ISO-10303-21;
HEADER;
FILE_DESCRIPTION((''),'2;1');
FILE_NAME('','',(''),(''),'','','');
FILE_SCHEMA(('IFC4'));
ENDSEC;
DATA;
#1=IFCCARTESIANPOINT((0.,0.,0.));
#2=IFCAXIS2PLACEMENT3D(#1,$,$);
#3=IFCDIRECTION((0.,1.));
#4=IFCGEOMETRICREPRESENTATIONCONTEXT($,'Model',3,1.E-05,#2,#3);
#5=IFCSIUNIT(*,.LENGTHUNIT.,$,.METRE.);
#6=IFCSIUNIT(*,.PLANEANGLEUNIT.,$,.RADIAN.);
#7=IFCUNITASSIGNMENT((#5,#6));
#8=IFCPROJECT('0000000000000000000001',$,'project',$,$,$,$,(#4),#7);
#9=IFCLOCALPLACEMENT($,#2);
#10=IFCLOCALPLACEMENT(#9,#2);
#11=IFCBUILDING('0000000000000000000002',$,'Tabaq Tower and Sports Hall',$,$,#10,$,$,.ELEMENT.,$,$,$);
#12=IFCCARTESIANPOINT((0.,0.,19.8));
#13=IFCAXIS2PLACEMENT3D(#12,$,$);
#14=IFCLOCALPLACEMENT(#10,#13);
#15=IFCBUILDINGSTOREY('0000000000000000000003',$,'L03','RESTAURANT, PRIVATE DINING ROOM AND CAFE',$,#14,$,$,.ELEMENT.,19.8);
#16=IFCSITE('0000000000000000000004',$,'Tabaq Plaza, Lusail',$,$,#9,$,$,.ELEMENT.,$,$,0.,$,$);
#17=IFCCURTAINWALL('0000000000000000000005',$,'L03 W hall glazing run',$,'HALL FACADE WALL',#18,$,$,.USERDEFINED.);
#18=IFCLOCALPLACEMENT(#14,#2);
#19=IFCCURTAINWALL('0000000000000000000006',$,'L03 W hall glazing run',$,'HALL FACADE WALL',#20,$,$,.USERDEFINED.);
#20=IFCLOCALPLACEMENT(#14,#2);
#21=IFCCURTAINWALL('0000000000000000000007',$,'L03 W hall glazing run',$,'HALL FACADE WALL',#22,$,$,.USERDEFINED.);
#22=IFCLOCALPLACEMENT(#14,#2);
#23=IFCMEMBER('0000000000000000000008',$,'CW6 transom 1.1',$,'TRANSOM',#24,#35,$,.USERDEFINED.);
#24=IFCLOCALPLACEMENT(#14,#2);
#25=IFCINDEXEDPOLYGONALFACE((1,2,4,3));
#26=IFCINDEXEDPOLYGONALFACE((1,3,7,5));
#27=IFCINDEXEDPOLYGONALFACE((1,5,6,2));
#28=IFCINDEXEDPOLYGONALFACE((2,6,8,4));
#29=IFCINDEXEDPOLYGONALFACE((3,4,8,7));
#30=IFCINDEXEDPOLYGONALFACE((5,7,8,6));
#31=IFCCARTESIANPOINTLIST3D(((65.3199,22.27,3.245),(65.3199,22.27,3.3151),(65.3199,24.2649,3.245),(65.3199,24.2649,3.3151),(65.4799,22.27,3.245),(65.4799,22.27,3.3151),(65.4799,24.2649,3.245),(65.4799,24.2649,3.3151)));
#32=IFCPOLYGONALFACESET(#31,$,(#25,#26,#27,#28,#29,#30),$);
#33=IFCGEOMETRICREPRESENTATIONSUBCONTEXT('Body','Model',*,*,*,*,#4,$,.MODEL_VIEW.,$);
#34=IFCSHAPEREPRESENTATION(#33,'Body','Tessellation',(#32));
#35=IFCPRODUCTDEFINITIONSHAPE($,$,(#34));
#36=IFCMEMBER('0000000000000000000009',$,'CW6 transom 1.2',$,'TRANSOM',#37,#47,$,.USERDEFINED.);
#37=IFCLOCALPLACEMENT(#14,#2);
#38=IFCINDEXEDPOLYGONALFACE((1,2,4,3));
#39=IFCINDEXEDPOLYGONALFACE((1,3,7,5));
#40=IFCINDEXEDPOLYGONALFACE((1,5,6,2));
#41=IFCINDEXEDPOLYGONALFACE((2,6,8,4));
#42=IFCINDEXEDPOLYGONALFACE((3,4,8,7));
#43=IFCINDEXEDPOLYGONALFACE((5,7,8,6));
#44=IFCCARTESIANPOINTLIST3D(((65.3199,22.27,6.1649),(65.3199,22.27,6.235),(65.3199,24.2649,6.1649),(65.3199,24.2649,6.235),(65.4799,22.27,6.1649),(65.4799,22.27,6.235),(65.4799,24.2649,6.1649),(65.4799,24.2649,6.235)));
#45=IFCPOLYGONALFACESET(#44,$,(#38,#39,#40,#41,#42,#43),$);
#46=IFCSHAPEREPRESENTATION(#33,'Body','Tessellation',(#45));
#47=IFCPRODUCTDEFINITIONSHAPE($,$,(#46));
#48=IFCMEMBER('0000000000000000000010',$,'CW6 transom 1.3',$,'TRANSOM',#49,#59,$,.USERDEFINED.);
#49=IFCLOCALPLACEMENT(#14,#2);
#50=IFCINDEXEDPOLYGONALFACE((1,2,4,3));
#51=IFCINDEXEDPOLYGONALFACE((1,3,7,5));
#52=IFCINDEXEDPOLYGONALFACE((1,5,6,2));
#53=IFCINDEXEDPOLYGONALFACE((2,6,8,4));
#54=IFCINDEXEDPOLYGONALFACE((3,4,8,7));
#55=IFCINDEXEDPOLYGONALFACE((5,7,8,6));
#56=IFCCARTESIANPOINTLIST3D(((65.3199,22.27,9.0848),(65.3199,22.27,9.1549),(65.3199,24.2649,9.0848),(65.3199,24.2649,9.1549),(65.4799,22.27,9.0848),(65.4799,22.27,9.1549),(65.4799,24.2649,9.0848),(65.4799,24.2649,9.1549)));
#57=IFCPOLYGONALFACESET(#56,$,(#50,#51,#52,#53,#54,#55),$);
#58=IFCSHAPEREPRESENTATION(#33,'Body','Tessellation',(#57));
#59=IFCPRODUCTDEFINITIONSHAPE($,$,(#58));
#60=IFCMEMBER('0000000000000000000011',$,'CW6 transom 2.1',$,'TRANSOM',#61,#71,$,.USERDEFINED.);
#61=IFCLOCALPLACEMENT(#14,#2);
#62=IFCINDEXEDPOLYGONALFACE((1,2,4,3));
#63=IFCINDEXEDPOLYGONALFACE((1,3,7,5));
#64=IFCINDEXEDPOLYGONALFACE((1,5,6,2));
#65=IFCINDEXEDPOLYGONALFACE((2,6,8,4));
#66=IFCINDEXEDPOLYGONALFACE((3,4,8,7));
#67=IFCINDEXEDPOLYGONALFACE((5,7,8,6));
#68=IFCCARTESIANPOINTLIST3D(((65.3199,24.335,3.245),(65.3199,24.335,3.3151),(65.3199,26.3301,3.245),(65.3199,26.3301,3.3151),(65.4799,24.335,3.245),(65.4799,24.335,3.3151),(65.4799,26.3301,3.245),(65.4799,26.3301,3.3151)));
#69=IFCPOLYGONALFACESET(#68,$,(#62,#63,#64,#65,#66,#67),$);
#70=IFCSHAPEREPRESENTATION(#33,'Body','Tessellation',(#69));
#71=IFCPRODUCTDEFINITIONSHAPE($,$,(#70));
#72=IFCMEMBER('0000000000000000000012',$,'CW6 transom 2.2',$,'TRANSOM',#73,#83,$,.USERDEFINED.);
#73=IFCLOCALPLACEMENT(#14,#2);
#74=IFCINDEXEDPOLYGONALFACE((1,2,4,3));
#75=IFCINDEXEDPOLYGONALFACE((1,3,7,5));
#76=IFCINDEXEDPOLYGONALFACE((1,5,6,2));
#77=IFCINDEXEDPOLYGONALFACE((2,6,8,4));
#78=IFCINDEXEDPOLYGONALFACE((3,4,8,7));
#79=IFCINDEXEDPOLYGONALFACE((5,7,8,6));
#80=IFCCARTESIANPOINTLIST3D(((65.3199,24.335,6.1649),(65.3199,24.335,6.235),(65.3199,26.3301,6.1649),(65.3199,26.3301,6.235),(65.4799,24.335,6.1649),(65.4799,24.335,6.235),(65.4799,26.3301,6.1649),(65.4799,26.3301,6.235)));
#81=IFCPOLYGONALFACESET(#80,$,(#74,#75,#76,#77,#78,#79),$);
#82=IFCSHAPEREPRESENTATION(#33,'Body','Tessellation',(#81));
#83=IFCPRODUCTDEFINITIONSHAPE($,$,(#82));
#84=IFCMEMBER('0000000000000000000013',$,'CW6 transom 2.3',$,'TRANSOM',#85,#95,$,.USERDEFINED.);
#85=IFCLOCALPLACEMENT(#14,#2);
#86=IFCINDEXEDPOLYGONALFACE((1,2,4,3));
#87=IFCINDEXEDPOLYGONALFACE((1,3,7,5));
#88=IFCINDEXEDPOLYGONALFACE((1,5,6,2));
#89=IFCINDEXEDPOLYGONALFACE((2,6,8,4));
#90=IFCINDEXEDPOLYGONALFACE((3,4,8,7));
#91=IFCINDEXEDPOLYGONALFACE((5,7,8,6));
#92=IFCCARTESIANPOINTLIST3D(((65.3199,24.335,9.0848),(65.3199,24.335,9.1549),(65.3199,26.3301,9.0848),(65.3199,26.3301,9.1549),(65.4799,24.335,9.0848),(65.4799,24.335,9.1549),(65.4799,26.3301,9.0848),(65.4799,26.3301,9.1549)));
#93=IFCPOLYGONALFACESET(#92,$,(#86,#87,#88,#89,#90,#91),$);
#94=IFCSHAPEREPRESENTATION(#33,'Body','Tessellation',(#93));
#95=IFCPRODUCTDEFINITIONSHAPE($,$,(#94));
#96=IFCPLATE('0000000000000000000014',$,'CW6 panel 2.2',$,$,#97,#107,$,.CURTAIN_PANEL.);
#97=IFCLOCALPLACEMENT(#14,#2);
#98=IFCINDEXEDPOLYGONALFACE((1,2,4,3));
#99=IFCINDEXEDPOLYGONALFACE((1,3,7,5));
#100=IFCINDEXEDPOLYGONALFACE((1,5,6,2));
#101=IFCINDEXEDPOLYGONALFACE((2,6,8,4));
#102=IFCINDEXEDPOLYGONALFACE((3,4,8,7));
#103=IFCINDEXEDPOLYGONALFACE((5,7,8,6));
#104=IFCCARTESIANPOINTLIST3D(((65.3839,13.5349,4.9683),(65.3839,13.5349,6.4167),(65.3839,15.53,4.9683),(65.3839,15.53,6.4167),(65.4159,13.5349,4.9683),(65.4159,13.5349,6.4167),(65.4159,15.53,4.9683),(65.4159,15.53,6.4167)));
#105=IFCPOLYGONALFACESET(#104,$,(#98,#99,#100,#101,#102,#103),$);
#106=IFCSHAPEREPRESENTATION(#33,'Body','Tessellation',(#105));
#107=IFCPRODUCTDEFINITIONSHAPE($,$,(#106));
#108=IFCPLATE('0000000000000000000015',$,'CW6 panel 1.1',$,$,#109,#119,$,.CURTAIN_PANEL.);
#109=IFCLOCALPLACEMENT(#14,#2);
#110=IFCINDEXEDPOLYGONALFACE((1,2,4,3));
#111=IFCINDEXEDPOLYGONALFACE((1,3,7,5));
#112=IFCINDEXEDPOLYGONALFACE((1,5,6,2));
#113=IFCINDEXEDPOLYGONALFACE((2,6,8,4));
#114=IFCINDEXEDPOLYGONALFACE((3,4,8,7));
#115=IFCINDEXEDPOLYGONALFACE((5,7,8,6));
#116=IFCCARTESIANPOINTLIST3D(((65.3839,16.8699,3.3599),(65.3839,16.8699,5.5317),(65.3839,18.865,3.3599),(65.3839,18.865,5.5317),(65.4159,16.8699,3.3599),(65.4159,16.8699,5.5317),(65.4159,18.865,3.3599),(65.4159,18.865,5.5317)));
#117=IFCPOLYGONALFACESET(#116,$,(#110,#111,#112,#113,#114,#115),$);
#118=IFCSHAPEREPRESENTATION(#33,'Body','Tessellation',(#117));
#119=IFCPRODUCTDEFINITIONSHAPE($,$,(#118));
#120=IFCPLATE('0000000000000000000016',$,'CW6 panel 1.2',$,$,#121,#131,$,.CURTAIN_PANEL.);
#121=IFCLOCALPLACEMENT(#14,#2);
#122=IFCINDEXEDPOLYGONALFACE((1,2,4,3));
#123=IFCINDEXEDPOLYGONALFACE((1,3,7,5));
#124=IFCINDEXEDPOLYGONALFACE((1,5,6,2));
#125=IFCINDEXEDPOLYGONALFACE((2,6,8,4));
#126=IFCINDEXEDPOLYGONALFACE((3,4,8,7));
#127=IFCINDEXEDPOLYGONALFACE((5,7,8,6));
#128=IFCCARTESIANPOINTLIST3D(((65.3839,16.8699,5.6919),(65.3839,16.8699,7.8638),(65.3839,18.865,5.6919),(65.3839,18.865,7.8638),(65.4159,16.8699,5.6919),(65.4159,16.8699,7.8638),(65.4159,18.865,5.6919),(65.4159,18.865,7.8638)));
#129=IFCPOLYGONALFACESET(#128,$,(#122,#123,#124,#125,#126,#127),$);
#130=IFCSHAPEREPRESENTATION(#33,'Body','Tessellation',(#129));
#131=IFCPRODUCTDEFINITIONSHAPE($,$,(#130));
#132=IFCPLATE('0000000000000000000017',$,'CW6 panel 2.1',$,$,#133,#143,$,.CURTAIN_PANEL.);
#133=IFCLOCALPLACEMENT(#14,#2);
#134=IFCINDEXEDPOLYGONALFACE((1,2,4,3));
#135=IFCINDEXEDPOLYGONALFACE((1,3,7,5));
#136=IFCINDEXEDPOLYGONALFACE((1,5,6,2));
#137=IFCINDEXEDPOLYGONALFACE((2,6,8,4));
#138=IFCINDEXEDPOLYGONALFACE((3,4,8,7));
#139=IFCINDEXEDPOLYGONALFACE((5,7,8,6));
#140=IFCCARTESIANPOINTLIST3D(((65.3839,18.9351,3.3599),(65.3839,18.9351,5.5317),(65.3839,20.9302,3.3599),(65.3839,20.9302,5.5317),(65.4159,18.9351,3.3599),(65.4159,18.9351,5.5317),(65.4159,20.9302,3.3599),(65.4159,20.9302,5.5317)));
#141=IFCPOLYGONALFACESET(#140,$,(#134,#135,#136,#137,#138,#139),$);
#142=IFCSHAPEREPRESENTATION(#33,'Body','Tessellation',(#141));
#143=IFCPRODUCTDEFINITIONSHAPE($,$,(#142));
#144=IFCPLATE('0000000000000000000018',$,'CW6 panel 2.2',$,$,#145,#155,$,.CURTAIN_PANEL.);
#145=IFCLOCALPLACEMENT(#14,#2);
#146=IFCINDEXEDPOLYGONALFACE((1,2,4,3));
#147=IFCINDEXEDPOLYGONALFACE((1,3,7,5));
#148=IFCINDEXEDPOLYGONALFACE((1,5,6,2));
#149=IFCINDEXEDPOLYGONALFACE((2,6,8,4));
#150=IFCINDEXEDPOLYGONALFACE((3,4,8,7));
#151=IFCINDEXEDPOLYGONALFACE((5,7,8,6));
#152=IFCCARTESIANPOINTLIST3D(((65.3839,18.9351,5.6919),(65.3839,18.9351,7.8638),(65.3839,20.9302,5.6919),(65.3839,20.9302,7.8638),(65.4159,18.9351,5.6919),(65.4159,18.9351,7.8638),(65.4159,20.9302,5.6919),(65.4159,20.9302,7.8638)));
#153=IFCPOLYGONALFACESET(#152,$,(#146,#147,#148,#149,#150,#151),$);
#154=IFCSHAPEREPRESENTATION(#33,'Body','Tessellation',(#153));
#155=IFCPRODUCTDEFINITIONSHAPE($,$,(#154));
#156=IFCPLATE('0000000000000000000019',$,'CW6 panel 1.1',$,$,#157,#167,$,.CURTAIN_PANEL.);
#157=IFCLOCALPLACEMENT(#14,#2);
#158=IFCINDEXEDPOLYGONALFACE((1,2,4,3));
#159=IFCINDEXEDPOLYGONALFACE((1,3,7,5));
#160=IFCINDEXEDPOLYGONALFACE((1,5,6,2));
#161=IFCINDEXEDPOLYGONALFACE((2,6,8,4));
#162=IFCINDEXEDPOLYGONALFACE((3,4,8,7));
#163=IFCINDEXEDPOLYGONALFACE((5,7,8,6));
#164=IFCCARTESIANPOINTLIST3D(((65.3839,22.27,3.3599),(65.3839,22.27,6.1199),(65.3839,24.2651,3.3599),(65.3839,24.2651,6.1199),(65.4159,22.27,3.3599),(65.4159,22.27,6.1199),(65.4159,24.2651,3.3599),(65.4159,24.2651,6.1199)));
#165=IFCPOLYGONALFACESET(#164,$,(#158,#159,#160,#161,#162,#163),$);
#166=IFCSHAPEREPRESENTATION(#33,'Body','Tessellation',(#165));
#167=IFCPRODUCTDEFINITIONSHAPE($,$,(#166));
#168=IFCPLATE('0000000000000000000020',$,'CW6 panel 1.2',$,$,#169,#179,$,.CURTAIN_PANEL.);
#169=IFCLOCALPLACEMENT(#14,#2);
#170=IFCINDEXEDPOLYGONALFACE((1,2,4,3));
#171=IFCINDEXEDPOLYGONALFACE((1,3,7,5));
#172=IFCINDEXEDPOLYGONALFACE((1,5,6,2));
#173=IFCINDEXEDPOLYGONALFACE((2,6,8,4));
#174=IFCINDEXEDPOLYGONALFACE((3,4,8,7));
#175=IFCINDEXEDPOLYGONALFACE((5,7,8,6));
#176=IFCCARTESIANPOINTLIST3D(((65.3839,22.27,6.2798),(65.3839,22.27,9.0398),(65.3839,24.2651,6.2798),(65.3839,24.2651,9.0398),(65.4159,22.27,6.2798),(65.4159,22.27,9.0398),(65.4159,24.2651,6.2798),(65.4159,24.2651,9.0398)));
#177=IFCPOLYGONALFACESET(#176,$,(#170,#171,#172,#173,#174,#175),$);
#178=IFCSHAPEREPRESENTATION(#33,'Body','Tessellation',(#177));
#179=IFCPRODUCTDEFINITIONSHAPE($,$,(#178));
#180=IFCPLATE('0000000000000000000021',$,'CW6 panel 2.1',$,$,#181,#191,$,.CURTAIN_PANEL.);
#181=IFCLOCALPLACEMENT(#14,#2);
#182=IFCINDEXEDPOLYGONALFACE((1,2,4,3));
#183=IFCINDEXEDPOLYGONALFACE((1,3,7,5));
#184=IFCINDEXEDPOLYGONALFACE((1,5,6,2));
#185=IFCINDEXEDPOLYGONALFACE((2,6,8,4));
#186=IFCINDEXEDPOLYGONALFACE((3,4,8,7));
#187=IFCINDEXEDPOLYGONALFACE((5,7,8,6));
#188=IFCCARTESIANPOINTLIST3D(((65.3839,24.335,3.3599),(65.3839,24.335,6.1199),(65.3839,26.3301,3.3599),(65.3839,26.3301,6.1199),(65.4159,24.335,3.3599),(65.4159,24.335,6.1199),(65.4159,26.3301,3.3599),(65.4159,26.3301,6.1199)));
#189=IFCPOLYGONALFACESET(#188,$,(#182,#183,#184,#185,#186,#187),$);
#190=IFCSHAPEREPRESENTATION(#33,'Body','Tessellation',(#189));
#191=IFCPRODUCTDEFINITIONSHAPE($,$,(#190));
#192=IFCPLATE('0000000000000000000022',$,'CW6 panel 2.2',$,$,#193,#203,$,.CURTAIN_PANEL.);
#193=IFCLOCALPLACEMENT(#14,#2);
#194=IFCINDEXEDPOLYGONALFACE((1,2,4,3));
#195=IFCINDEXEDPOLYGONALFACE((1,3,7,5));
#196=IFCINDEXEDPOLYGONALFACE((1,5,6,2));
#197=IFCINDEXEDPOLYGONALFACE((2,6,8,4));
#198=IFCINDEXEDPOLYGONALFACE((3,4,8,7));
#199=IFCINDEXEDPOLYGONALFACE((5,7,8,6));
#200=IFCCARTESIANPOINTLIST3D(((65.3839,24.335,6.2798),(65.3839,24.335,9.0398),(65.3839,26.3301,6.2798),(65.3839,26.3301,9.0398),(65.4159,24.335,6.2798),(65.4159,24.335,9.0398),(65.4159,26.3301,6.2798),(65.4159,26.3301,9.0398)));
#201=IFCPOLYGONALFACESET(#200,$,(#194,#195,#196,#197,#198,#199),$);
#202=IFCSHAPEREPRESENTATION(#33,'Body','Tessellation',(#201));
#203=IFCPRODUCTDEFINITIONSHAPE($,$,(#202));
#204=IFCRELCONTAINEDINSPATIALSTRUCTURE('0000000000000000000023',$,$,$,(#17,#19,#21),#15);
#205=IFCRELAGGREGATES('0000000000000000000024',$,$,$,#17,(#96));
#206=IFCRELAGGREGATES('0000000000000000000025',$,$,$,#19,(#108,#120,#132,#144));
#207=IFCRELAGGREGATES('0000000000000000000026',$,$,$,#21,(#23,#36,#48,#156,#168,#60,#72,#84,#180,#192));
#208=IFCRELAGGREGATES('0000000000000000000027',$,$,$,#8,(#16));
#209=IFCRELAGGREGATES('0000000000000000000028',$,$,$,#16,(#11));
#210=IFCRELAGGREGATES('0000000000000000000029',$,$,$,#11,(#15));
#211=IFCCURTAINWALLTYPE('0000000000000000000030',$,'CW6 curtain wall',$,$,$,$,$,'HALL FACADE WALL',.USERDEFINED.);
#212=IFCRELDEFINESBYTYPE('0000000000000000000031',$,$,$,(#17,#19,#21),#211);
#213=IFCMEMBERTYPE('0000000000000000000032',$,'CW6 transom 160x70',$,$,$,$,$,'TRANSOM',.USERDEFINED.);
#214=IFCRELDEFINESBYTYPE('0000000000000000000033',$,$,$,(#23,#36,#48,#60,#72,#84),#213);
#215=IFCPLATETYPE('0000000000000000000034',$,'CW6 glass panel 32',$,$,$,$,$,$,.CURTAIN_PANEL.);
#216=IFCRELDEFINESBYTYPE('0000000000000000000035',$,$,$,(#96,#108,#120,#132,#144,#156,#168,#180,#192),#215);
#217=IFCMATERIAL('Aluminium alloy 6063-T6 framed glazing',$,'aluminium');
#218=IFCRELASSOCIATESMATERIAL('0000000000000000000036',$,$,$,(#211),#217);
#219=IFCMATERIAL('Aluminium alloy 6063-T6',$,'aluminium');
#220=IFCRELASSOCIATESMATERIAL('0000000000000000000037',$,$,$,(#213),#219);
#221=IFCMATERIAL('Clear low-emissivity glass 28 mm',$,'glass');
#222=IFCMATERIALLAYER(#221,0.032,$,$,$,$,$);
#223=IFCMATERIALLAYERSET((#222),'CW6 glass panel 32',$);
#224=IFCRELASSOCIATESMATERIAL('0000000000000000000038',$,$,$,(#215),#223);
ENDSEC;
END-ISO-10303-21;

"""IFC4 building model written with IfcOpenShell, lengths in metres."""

from ifc_helpers import new_model, si_unit, direction, frame, origin, origin_2d, place, context, subcontext, project, spatial, rectangle, extrude, material, layer, layer_set, material_profile, profile_set, type_object, element, aggregate, save


model = new_model("IFC4")

# Units and contexts
model_context = context("Model", 3, precision=1e-05, world=origin(), true_north=direction((0.0, 1.0)))
body_context = subcontext(model_context, "Body", "Model", "MODEL_VIEW")
ifc_project = project(units=[si_unit("LENGTHUNIT", "METRE"), si_unit("PLANEANGLEUNIT", "RADIAN")], contexts=[model_context])

# Site, building, storey
site_placement = place(None, origin())
site = spatial("IfcSite", under=ifc_project, at=site_placement, Name="Tabaq Plaza, Lusail", CompositionType="ELEMENT", RefElevation=0.0)
building_placement = place(site_placement, origin())
building = spatial("IfcBuilding", under=site, at=building_placement, Name="Tabaq Tower and Sports Hall", CompositionType="ELEMENT")
storey_placement = place(building_placement, frame((0.0, 0.0, 19.8)))
storey = spatial("IfcBuildingStorey", under=building, at=storey_placement, Name="L03", Description="RESTAURANT, PRIVATE DINING ROOM AND CAFE", CompositionType="ELEMENT", Elevation=19.8)

# Curtain wall
ifc_material_1 = material(Name="Aluminium alloy 6063-T6 framed glazing", Category="aluminium")
curtain_wall_type = type_object("IfcCurtainWallType", Name="CW6 curtain wall", ElementType="HALL FACADE WALL", PredefinedType="USERDEFINED", material=ifc_material_1)
curtain_wall_1_placement = place(storey_placement, origin())
curtain_wall_1 = element("IfcCurtainWall", 1, at=curtain_wall_1_placement, inside=storey, type_object=curtain_wall_type, Name="L03 W hall glazing run", ObjectType="HALL FACADE WALL", PredefinedType="USERDEFINED")

# Curtain walls
curtain_wall_2_placement = place(storey_placement, origin())
curtain_wall_2 = element("IfcCurtainWall", 2, at=curtain_wall_2_placement, inside=storey, type_object=curtain_wall_type, Name="L03 W hall glazing run", ObjectType="HALL FACADE WALL", PredefinedType="USERDEFINED")
curtain_wall_3_placement = place(storey_placement, origin())
curtain_wall_3 = element("IfcCurtainWall", 3, at=curtain_wall_3_placement, inside=storey, type_object=curtain_wall_type, Name="L03 W hall glazing run", ObjectType="HALL FACADE WALL", PredefinedType="USERDEFINED")

# Members
ifc_material_2 = material(Name="Aluminium alloy 6063-T6", Category="aluminium")
ifc_material_profile_1 = material_profile(ifc_material_2, rectangle(XDim=0.1599, YDim=0.0701, at=origin_2d()), Name="TRANSOM 160x70")
ifc_profile_set_1 = profile_set([ifc_material_profile_1], Name="Aluminium alloy 6063-T6")
member_type_1 = type_object("IfcMemberType", Name="CW6 transom 160x70", ElementType="TRANSOM", PredefinedType="USERDEFINED", material=ifc_profile_set_1)
member_1_placement = place(storey_placement, frame((65.3999, 22.27, 3.28), z_axis=(0.0, 1.0, 0.0), x_axis=(-1.0, 0.0, 0.0)))
member_1 = element("IfcMember", 4, at=member_1_placement, type_object=member_type_1, Name="CW6 transom 1.1", ObjectType="TRANSOM", PredefinedType="USERDEFINED", context=body_context, shape_type="SweptSolid", body=[
    extrude(rectangle(XDim=0.1599, YDim=0.0701, at=origin_2d()), origin(), (0.0, 0.0, 1.0), 1.9949),
])
member_2_placement = place(storey_placement, frame((65.3999, 22.27, 6.2), z_axis=(0.0, 1.0, 0.0), x_axis=(-1.0, 0.0, 0.0)))
member_2 = element("IfcMember", 5, at=member_2_placement, type_object=member_type_1, Name="CW6 transom 1.2", ObjectType="TRANSOM", PredefinedType="USERDEFINED", context=body_context, shape_type="SweptSolid", body=[
    extrude(rectangle(XDim=0.1599, YDim=0.0701, at=origin_2d()), origin(), (0.0, 0.0, 1.0), 1.9949),
])
member_3_placement = place(storey_placement, frame((65.3999, 22.27, 9.1199), z_axis=(0.0, 1.0, 0.0), x_axis=(-1.0, 0.0, 0.0)))
member_3 = element("IfcMember", 6, at=member_3_placement, type_object=member_type_1, Name="CW6 transom 1.3", ObjectType="TRANSOM", PredefinedType="USERDEFINED", context=body_context, shape_type="SweptSolid", body=[
    extrude(rectangle(XDim=0.1599, YDim=0.0701, at=origin_2d()), origin(), (0.0, 0.0, 1.0), 1.9949),
])
member_4_placement = place(storey_placement, frame((65.3999, 24.335, 3.28), z_axis=(0.0, 1.0, 0.0), x_axis=(-1.0, 0.0, 0.0)))
member_4 = element("IfcMember", 7, at=member_4_placement, type_object=member_type_1, Name="CW6 transom 2.1", ObjectType="TRANSOM", PredefinedType="USERDEFINED", context=body_context, shape_type="SweptSolid", body=[
    extrude(rectangle(XDim=0.1599, YDim=0.0701, at=origin_2d()), origin(), (0.0, 0.0, 1.0), 1.9951),
])
member_5_placement = place(storey_placement, frame((65.3999, 24.335, 6.2), z_axis=(0.0, 1.0, 0.0), x_axis=(-1.0, 0.0, 0.0)))
member_5 = element("IfcMember", 8, at=member_5_placement, type_object=member_type_1, Name="CW6 transom 2.2", ObjectType="TRANSOM", PredefinedType="USERDEFINED", context=body_context, shape_type="SweptSolid", body=[
    extrude(rectangle(XDim=0.1599, YDim=0.0701, at=origin_2d()), origin(), (0.0, 0.0, 1.0), 1.9951),
])
member_6_placement = place(storey_placement, frame((65.3999, 24.335, 9.1199), z_axis=(0.0, 1.0, 0.0), x_axis=(-1.0, 0.0, 0.0)))
member_6 = element("IfcMember", 9, at=member_6_placement, type_object=member_type_1, Name="CW6 transom 2.3", ObjectType="TRANSOM", PredefinedType="USERDEFINED", context=body_context, shape_type="SweptSolid", body=[
    extrude(rectangle(XDim=0.1599, YDim=0.0701, at=origin_2d()), origin(), (0.0, 0.0, 1.0), 1.9951),
])

# Plates
ifc_material_3 = material(Name="Clear low-emissivity glass 28 mm", Category="glass")
ifc_layer_1 = layer(ifc_material_3, 0.032)
ifc_layer_set_1 = layer_set([ifc_layer_1], Name="CW6 glass panel 32")
plate_type = type_object("IfcPlateType", Name="CW6 glass panel 32", PredefinedType="CURTAIN_PANEL", material=ifc_layer_set_1)
plate_1_placement = place(storey_placement, frame((65.3999, 14.5325, 4.9683), z_axis=(0.0, 0.0, 1.0), x_axis=(0.0, 1.0, 0.0)))
plate_1 = element("IfcPlate", 10, at=plate_1_placement, type_object=plate_type, Name="CW6 panel 2.2", PredefinedType="CURTAIN_PANEL", context=body_context, shape_type="SweptSolid", body=[
    extrude(rectangle(XDim=1.9951, YDim=0.032, at=origin_2d()), origin(), (0.0, 0.0, 1.0), 1.4485),
])
aggregate(curtain_wall_1, [plate_1])
plate_2_placement = place(storey_placement, frame((65.3999, 17.8674, 3.3599), z_axis=(0.0, 0.0, 1.0), x_axis=(0.0, 1.0, 0.0)))
plate_2 = element("IfcPlate", 11, at=plate_2_placement, type_object=plate_type, Name="CW6 panel 1.1", PredefinedType="CURTAIN_PANEL", context=body_context, shape_type="SweptSolid", body=[
    extrude(rectangle(XDim=1.9951, YDim=0.032, at=origin_2d()), origin(), (0.0, 0.0, 1.0), 2.1719),
])
plate_3_placement = place(storey_placement, frame((65.3999, 17.8674, 5.6919), z_axis=(0.0, 0.0, 1.0), x_axis=(0.0, 1.0, 0.0)))
plate_3 = element("IfcPlate", 12, at=plate_3_placement, type_object=plate_type, Name="CW6 panel 1.2", PredefinedType="CURTAIN_PANEL", context=body_context, shape_type="SweptSolid", body=[
    extrude(rectangle(XDim=1.9951, YDim=0.032, at=origin_2d()), origin(), (0.0, 0.0, 1.0), 2.1719),
])
plate_4_placement = place(storey_placement, frame((65.3999, 19.9326, 3.3599), z_axis=(0.0, 0.0, 1.0), x_axis=(0.0, 1.0, 0.0)))
plate_4 = element("IfcPlate", 13, at=plate_4_placement, type_object=plate_type, Name="CW6 panel 2.1", PredefinedType="CURTAIN_PANEL", context=body_context, shape_type="SweptSolid", body=[
    extrude(rectangle(XDim=1.9951, YDim=0.032, at=origin_2d()), origin(), (0.0, 0.0, 1.0), 2.1719),
])
plate_5_placement = place(storey_placement, frame((65.3999, 19.9326, 5.6919), z_axis=(0.0, 0.0, 1.0), x_axis=(0.0, 1.0, 0.0)))
plate_5 = element("IfcPlate", 14, at=plate_5_placement, type_object=plate_type, Name="CW6 panel 2.2", PredefinedType="CURTAIN_PANEL", context=body_context, shape_type="SweptSolid", body=[
    extrude(rectangle(XDim=1.9951, YDim=0.032, at=origin_2d()), origin(), (0.0, 0.0, 1.0), 2.1719),
])
aggregate(curtain_wall_2, [plate_2, plate_3, plate_4, plate_5])
plate_6_placement = place(storey_placement, frame((65.3999, 23.2676, 3.3599), z_axis=(0.0, 0.0, 1.0), x_axis=(0.0, 1.0, 0.0)))
plate_6 = element("IfcPlate", 15, at=plate_6_placement, type_object=plate_type, Name="CW6 panel 1.1", PredefinedType="CURTAIN_PANEL", context=body_context, shape_type="SweptSolid", body=[
    extrude(rectangle(XDim=1.9951, YDim=0.032, at=origin_2d()), origin(), (0.0, 0.0, 1.0), 2.76),
])
plate_7_placement = place(storey_placement, frame((65.3999, 23.2676, 6.2798), z_axis=(0.0, 0.0, 1.0), x_axis=(0.0, 1.0, 0.0)))
plate_7 = element("IfcPlate", 16, at=plate_7_placement, type_object=plate_type, Name="CW6 panel 1.2", PredefinedType="CURTAIN_PANEL", context=body_context, shape_type="SweptSolid", body=[
    extrude(rectangle(XDim=1.9951, YDim=0.032, at=origin_2d()), origin(), (0.0, 0.0, 1.0), 2.76),
])
plate_8_placement = place(storey_placement, frame((65.3999, 25.3325, 3.3599), z_axis=(0.0, 0.0, 1.0), x_axis=(0.0, 1.0, 0.0)))
plate_8 = element("IfcPlate", 17, at=plate_8_placement, type_object=plate_type, Name="CW6 panel 2.1", PredefinedType="CURTAIN_PANEL", context=body_context, shape_type="SweptSolid", body=[
    extrude(rectangle(XDim=1.9951, YDim=0.032, at=origin_2d()), origin(), (0.0, 0.0, 1.0), 2.76),
])
plate_9_placement = place(storey_placement, frame((65.3999, 25.3325, 6.2798), z_axis=(0.0, 0.0, 1.0), x_axis=(0.0, 1.0, 0.0)))
plate_9 = element("IfcPlate", 18, at=plate_9_placement, type_object=plate_type, Name="CW6 panel 2.2", PredefinedType="CURTAIN_PANEL", context=body_context, shape_type="SweptSolid", body=[
    extrude(rectangle(XDim=1.9951, YDim=0.032, at=origin_2d()), origin(), (0.0, 0.0, 1.0), 2.76),
])
aggregate(curtain_wall_3, [member_1, member_2, member_3, plate_6, plate_7, member_4, member_5, member_6, plate_8, plate_9])

save(model, "model.ifc")
